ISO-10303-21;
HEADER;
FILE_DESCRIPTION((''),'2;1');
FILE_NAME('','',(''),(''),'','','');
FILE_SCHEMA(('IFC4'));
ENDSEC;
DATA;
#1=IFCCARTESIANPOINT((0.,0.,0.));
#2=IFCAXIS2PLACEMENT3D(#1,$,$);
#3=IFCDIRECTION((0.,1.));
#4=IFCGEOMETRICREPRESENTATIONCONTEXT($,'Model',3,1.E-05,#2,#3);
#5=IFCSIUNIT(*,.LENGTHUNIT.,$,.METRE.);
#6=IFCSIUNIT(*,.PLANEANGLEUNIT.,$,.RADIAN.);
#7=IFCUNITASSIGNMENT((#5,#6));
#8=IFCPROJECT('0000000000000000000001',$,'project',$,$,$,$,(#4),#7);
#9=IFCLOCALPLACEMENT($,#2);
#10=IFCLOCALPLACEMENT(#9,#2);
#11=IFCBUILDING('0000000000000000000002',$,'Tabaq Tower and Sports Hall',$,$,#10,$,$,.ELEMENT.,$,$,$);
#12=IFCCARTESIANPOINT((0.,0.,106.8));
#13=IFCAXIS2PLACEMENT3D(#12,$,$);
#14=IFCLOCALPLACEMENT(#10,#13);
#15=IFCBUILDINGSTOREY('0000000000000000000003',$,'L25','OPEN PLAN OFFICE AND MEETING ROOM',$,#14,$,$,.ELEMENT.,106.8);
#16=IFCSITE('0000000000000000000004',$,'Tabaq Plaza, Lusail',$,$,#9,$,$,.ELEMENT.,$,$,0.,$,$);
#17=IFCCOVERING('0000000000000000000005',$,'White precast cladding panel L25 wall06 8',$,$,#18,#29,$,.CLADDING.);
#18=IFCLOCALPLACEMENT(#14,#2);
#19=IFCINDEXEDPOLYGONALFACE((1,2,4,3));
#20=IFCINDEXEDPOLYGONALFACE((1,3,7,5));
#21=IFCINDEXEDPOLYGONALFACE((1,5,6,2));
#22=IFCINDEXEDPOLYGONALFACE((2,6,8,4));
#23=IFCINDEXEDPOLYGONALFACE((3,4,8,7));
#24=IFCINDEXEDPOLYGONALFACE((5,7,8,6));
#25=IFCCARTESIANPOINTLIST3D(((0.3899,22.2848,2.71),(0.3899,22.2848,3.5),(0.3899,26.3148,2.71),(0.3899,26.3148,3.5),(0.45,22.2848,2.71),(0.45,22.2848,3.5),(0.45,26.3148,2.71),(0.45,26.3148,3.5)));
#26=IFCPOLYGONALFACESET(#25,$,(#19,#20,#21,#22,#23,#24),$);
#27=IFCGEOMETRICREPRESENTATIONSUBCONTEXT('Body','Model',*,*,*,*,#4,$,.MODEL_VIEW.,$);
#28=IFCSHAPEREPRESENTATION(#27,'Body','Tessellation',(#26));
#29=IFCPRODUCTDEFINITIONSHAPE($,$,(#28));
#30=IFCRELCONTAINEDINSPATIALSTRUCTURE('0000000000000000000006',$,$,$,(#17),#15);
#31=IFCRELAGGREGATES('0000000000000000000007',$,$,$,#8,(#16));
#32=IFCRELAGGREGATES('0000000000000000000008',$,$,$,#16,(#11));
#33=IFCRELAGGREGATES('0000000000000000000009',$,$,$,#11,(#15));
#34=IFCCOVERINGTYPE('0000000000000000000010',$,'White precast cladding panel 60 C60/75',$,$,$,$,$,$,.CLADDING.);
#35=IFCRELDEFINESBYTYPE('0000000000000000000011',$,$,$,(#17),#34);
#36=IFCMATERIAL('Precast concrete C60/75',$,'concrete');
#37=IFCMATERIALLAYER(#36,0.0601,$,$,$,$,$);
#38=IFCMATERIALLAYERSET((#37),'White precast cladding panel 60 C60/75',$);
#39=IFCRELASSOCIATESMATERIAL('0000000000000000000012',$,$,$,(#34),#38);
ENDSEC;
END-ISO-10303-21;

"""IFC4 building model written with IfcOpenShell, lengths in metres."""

from ifc_helpers import new_model, si_unit, direction, frame, frame_2d, origin, place, context, subcontext, project, spatial, rectangle, extrude, material, layer, layer_set, type_object, element, save


model = new_model("IFC4")

# Units and contexts
model_context = context("Model", 3, precision=1e-05, world=origin(), true_north=direction((0.0, 1.0)))
body_context = subcontext(model_context, "Body", "Model", "MODEL_VIEW")
ifc_project = project(units=[si_unit("LENGTHUNIT", "METRE"), si_unit("PLANEANGLEUNIT", "RADIAN")], contexts=[model_context])

# Site, building, storey
site_placement = place(None, origin())
site = spatial("IfcSite", under=ifc_project, at=site_placement, Name="Tabaq Plaza, Lusail", CompositionType="ELEMENT", RefElevation=0.0)
building_placement = place(site_placement, origin())
building = spatial("IfcBuilding", under=site, at=building_placement, Name="Tabaq Tower and Sports Hall", CompositionType="ELEMENT")
storey_placement = place(building_placement, frame((0.0, 0.0, 106.8)))
storey = spatial("IfcBuildingStorey", under=building, at=storey_placement, Name="L25", Description="OPEN PLAN OFFICE AND MEETING ROOM", CompositionType="ELEMENT", Elevation=106.8)

# Covering
ifc_material_1 = material(Name="Precast concrete C60/75", Category="concrete")
ifc_layer_1 = layer(ifc_material_1, 0.0601)
ifc_layer_set_1 = layer_set([ifc_layer_1], Name="White precast cladding panel 60 C60/75")
covering_type_1 = type_object("IfcCoveringType", Name="White precast cladding panel 60 C60/75", PredefinedType="CLADDING", material=ifc_layer_set_1)
covering_1_placement = place(storey_placement, frame((0.4199, 26.3149, 2.71), z_axis=(0.0, 0.0, 1.0), x_axis=(0.0, -1.0, 0.0)))
element("IfcCovering", 1, at=covering_1_placement, inside=storey, type_object=covering_type_1, Name="White precast cladding panel L25 wall06 8", PredefinedType="CLADDING", context=body_context, shape_type="SweptSolid", body=[
    extrude(rectangle(XDim=4.03, YDim=0.0601, at=frame_2d((2.0151, 0.0))), origin(), (0.0, 0.0, 1.0), 0.79),
])

save(model, "model.ifc")
